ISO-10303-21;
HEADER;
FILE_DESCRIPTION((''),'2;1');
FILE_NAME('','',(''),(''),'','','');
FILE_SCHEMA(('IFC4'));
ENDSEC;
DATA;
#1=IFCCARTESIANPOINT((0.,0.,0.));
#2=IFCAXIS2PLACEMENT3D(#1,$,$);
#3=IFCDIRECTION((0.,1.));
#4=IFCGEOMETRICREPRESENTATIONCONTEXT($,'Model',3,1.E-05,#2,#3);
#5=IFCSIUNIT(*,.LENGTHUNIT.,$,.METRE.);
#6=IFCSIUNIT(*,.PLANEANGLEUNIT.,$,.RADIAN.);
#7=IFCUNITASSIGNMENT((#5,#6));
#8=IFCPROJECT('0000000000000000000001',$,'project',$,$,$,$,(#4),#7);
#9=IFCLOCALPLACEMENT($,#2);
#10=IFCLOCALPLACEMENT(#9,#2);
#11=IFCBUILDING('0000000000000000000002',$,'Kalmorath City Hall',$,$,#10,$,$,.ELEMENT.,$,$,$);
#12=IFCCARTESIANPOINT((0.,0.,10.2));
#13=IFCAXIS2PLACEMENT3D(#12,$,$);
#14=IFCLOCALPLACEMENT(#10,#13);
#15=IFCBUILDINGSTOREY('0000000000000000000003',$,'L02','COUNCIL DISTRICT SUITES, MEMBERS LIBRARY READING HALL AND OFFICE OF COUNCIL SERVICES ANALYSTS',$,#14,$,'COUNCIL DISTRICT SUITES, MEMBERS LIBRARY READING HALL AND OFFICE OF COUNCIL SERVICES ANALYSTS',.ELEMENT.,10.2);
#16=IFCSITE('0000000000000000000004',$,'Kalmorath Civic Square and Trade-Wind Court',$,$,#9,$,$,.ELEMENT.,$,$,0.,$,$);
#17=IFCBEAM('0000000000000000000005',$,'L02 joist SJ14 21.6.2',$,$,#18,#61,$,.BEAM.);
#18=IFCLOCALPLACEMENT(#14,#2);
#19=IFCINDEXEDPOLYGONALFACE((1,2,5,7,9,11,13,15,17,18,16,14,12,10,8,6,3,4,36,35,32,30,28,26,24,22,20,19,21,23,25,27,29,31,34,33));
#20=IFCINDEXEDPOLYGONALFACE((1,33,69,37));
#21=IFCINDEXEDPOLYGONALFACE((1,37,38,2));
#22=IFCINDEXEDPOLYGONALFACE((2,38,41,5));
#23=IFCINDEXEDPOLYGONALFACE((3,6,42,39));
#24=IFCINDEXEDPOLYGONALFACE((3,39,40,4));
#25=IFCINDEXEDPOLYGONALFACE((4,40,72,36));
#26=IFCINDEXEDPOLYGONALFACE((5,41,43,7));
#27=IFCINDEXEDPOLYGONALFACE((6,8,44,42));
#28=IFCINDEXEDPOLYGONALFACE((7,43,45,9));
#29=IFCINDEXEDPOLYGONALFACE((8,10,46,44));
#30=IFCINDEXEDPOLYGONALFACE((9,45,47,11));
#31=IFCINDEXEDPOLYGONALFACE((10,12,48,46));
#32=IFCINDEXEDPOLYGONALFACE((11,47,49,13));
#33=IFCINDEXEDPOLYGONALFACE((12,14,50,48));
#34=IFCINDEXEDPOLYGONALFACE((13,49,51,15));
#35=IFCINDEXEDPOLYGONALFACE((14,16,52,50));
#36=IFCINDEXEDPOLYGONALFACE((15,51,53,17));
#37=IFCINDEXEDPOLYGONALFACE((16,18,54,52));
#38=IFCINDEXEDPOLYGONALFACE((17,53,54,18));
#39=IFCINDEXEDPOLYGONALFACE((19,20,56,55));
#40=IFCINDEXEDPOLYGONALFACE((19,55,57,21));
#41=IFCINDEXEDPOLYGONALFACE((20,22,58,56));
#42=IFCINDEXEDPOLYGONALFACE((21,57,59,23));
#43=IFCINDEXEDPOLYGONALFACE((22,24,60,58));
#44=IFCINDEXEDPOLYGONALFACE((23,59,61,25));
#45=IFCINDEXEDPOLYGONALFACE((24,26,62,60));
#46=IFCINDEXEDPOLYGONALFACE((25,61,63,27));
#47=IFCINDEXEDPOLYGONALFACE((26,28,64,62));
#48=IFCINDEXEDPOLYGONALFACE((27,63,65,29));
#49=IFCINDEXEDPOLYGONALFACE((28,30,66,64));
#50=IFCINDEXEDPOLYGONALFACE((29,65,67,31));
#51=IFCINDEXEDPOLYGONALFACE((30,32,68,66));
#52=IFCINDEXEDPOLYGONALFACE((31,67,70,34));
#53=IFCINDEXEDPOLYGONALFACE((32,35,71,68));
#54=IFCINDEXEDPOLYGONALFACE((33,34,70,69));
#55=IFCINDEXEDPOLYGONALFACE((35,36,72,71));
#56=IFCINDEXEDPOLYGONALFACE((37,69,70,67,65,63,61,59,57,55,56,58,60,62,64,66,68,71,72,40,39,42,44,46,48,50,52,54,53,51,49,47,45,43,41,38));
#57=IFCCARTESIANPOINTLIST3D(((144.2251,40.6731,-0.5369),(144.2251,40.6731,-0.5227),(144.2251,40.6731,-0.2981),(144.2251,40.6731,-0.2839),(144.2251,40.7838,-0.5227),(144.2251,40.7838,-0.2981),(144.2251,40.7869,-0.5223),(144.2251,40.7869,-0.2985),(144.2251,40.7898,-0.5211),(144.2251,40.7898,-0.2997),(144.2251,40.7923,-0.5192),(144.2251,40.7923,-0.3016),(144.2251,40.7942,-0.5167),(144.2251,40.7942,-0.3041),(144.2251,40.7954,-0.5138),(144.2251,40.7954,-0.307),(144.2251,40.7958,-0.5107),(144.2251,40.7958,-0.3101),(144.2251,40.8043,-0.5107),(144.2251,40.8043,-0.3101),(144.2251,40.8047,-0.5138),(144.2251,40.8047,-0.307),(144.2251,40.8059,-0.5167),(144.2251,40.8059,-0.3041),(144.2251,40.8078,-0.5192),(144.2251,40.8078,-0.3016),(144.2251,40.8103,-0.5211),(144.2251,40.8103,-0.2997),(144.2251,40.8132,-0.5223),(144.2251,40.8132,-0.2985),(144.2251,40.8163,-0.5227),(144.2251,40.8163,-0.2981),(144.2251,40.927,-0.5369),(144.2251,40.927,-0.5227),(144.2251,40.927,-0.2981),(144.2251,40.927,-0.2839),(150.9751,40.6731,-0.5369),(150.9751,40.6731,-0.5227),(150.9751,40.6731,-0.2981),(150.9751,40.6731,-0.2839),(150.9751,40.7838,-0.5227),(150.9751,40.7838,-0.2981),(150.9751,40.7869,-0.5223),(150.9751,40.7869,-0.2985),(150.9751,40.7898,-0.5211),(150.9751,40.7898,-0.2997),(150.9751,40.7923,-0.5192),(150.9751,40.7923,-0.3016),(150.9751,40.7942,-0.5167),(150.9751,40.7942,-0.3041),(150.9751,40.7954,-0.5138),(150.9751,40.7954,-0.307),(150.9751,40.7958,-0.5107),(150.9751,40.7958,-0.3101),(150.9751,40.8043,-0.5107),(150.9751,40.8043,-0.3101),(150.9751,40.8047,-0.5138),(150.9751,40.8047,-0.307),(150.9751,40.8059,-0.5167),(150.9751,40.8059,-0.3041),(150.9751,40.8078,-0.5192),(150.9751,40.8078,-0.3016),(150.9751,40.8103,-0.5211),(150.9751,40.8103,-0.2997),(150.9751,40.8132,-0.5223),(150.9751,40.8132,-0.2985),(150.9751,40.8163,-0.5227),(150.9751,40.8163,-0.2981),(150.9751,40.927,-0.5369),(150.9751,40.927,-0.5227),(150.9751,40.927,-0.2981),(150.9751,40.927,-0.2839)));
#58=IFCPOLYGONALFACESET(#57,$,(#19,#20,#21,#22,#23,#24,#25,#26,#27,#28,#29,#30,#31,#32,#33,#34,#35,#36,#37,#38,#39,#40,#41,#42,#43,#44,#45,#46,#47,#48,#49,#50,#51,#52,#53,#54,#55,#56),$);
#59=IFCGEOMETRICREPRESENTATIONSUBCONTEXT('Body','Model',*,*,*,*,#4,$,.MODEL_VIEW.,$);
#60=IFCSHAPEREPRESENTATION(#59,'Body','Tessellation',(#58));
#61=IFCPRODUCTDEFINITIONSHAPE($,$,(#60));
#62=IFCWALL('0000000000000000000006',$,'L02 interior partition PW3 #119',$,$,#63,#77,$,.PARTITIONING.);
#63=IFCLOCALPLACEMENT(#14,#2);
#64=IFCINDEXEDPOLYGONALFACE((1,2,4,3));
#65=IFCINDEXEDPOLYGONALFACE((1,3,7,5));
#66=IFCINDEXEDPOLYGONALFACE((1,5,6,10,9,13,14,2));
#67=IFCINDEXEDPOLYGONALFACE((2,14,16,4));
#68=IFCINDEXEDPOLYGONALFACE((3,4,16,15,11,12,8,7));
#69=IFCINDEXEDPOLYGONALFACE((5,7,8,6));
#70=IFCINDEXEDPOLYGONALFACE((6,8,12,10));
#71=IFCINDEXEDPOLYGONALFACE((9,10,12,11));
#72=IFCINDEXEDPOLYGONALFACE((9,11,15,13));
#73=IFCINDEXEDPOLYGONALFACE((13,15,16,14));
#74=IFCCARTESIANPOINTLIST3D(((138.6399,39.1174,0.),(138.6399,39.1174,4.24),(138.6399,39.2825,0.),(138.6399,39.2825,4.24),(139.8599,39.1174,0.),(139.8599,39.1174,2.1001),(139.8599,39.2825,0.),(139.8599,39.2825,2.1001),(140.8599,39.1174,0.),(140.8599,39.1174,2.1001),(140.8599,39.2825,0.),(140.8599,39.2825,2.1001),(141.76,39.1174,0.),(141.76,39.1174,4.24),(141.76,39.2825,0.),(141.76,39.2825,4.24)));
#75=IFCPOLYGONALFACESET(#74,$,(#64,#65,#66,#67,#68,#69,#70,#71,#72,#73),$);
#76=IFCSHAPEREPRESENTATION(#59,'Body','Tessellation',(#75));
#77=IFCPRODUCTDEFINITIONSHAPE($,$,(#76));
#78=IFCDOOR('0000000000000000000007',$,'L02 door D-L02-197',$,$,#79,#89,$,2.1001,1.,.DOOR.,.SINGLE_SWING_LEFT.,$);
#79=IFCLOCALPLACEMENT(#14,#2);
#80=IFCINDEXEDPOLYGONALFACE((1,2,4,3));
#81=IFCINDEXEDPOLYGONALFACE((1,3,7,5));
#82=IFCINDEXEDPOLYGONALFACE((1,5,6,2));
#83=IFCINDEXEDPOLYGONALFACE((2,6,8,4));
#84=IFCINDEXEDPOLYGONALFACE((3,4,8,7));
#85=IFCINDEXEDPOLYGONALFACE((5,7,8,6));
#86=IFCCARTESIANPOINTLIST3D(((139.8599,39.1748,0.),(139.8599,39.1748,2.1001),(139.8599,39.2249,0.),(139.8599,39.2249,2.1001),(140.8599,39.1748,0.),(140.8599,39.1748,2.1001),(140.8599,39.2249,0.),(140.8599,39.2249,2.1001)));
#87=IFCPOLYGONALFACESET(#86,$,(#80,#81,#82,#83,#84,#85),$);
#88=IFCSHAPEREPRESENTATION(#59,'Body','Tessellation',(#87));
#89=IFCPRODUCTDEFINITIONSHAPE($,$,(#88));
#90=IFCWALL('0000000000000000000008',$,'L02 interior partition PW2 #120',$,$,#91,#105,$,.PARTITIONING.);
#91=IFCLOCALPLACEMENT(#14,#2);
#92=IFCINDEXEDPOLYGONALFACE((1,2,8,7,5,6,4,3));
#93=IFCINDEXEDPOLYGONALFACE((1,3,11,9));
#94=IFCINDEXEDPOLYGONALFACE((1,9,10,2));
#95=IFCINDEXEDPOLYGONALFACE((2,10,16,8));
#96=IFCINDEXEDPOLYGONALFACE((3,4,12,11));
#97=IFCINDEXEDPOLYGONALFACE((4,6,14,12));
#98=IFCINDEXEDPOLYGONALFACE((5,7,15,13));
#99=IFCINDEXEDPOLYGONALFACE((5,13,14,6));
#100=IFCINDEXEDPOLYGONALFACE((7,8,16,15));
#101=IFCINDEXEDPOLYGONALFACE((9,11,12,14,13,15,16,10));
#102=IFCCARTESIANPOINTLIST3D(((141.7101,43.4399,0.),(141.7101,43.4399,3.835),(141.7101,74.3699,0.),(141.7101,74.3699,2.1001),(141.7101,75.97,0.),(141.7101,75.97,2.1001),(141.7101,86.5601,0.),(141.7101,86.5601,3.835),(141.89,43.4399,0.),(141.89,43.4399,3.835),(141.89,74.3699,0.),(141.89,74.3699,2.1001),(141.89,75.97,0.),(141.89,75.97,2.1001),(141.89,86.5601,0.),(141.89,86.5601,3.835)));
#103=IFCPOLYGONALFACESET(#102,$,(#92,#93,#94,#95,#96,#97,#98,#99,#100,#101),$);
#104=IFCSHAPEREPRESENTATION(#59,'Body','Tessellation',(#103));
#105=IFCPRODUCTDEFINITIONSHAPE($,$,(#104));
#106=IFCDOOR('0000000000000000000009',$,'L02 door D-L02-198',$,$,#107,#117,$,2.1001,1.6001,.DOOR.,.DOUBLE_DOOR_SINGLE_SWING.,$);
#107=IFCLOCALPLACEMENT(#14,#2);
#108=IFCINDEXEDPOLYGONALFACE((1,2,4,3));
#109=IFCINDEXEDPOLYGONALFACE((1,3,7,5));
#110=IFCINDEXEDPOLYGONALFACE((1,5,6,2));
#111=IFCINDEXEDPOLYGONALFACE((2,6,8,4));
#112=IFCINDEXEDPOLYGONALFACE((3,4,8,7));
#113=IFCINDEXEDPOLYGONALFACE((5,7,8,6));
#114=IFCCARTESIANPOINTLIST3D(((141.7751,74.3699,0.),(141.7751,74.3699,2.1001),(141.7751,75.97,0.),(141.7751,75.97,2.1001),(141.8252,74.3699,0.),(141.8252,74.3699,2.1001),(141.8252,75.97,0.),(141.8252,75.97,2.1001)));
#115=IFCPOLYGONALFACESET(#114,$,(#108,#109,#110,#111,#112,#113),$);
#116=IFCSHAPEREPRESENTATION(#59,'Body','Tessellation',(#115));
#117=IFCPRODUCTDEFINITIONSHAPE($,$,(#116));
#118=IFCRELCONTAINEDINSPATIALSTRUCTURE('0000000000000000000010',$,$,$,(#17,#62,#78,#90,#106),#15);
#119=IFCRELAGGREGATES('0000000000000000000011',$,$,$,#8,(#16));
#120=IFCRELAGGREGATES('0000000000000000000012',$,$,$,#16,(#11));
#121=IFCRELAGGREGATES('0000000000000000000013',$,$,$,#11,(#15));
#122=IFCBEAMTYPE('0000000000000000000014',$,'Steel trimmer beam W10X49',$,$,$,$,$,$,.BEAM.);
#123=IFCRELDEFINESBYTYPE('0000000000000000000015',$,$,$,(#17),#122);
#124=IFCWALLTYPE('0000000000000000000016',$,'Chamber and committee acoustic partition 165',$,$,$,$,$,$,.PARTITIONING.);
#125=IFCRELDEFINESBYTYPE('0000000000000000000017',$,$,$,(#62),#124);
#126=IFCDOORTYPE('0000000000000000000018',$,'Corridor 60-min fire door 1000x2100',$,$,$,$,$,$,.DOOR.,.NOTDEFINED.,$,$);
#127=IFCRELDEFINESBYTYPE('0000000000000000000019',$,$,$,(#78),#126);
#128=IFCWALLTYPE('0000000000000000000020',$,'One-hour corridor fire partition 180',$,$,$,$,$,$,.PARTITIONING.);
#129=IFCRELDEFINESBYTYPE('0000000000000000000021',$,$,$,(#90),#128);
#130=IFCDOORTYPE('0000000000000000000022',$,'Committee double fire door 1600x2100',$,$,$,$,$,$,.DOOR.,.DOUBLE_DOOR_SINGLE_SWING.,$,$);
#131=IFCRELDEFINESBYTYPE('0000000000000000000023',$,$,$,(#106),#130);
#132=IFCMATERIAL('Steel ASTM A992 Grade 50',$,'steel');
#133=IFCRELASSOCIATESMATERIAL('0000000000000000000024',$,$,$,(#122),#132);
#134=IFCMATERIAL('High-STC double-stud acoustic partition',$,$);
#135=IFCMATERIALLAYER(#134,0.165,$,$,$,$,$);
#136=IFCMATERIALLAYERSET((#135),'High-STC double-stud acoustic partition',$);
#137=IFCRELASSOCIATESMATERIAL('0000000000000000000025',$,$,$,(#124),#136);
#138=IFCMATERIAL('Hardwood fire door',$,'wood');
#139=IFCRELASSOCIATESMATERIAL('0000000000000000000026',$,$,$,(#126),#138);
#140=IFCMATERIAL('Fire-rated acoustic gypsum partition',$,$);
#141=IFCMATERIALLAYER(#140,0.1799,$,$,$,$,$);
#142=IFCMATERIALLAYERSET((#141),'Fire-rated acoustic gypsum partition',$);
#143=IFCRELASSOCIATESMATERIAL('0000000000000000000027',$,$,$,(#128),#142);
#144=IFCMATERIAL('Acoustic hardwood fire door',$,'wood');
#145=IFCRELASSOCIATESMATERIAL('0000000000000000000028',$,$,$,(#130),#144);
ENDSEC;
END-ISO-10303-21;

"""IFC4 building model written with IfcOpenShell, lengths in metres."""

from ifc_helpers import new_model, si_unit, direction, frame, frame_2d, origin, origin_2d, place, context, subcontext, project, spatial, rectangle, i_section, extrude, material, layer, layer_set, material_profile, profile_set, type_object, element, fill, save


model = new_model("IFC4")

# Units and contexts
model_context = context("Model", 3, precision=1e-05, world=origin(), true_north=direction((0.0, 1.0)))
body_context = subcontext(model_context, "Body", "Model", "MODEL_VIEW")
ifc_project = project(units=[si_unit("LENGTHUNIT", "METRE"), si_unit("PLANEANGLEUNIT", "RADIAN")], contexts=[model_context])

# Site, building, storey
site_placement = place(None, origin())
site = spatial("IfcSite", under=ifc_project, at=site_placement, Name="Kalmorath Civic Square and Trade-Wind Court", CompositionType="ELEMENT", RefElevation=0.0)
building_placement = place(site_placement, origin())
building = spatial("IfcBuilding", under=site, at=building_placement, Name="Kalmorath City Hall", CompositionType="ELEMENT")
storey_placement = place(building_placement, frame((0.0, 0.0, 10.2)))
storey = spatial("IfcBuildingStorey", under=building, at=storey_placement, Name="L02", Description="COUNCIL DISTRICT SUITES, MEMBERS LIBRARY READING HALL AND OFFICE OF COUNCIL SERVICES ANALYSTS", LongName="COUNCIL DISTRICT SUITES, MEMBERS LIBRARY READING HALL AND OFFICE OF COUNCIL SERVICES ANALYSTS", CompositionType="ELEMENT", Elevation=10.2)

# Beam
ifc_material_1 = material(Name="Steel ASTM A992 Grade 50", Category="steel")
ifc_material_profile_1 = material_profile(ifc_material_1, i_section(OverallWidth=0.2539, OverallDepth=0.2529, WebThickness=0.0085, FlangeThickness=0.0142, FilletRadius=0.012, at=origin_2d()), Name="W10X49")
ifc_profile_set_1 = profile_set([ifc_material_profile_1], Name="Steel ASTM A992 Grade 50")
beam_type_1 = type_object("IfcBeamType", Name="Steel trimmer beam W10X49", PredefinedType="BEAM", material=ifc_profile_set_1)
for number, where, z_axis, x_axis, name in (
    (1, (144.2251, 40.8, -0.4104), (1.0, 0.0, 0.0), (0.0, 1.0, 0.0), "L02 joist SJ14 21.6.2"),
):
    element("IfcBeam", number, at=place(storey_placement, frame(where, z_axis=z_axis, x_axis=x_axis)), inside=storey, type_object=beam_type_1, Name=name, PredefinedType="BEAM", context=body_context, shape_type="SweptSolid", body=[
        extrude(i_section(OverallWidth=0.2539, OverallDepth=0.2529, WebThickness=0.0085, FlangeThickness=0.0142, FilletRadius=0.012, at=origin_2d()), origin(), (0.0, 0.0, 1.0), 6.75),
    ])

# Walls, openings, doors
ifc_material_2 = material(Name="High-STC double-stud acoustic partition")
ifc_layer_1 = layer(ifc_material_2, 0.165)
ifc_layer_set_1 = layer_set([ifc_layer_1], Name="High-STC double-stud acoustic partition")
wall_type_1 = type_object("IfcWallType", Name="Chamber and committee acoustic partition 165", PredefinedType="PARTITIONING", material=ifc_layer_set_1)
wall_1_placement = place(storey_placement, frame((138.6399, 39.2, 0.0), z_axis=(0.0, 0.0, 1.0), x_axis=(1.0, 0.0, 0.0)))
wall_1 = element("IfcWall", 2, at=wall_1_placement, inside=storey, type_object=wall_type_1, Name="L02 interior partition PW3 #119", PredefinedType="PARTITIONING", context=body_context, shape_type="SweptSolid", body=[
    extrude(rectangle(XDim=3.1201, YDim=0.165, at=frame_2d((1.5601, 0.0))), origin(), (0.0, 0.0, 1.0), 4.24),
])
opening_1_placement = place(wall_1_placement, frame((1.22, 0.0, 0.0)))
opening_1 = element("IfcOpeningElement", 3, at=opening_1_placement, cuts=wall_1, PredefinedType="OPENING", context=body_context, shape_type="SweptSolid", body=[
    extrude(rectangle(XDim=1.0, YDim=2.1001, at=frame_2d((0.5, 1.05))), frame((0.0, 0.0925, 0.0), z_axis=(0.0, -1.0, 0.0), x_axis=(1.0, 0.0, 0.0)), (0.0, 0.0, 1.0), 0.1851),
])
ifc_material_3 = material(Name="Hardwood fire door", Category="wood")
door_type_1 = type_object("IfcDoorType", Name="Corridor 60-min fire door 1000x2100", OperationType="NOTDEFINED", PredefinedType="DOOR", material=ifc_material_3)
door_1_placement = place(opening_1_placement, origin())
door_1 = element("IfcDoor", 4, at=door_1_placement, inside=storey, type_object=door_type_1, Name="L02 door D-L02-197", OperationType="SINGLE_SWING_LEFT", OverallHeight=2.1001, OverallWidth=1.0, PredefinedType="DOOR", context=body_context, shape_type="SweptSolid", body=[
    extrude(rectangle(XDim=1.0, YDim=2.1001, at=frame_2d((0.5, 1.05))), frame((0.0, 0.0249, 0.0), z_axis=(0.0, -1.0, 0.0), x_axis=(1.0, 0.0, 0.0)), (0.0, 0.0, 1.0), 0.05),
])
fill(opening_1, door_1)
ifc_material_4 = material(Name="Fire-rated acoustic gypsum partition")
ifc_layer_2 = layer(ifc_material_4, 0.1799)
ifc_layer_set_2 = layer_set([ifc_layer_2], Name="Fire-rated acoustic gypsum partition")
wall_type_2 = type_object("IfcWallType", Name="One-hour corridor fire partition 180", PredefinedType="PARTITIONING", material=ifc_layer_set_2)
wall_2_placement = place(storey_placement, frame((141.8, 43.4399, 0.0), z_axis=(0.0, 0.0, 1.0), x_axis=(0.0, 1.0, 0.0)))
wall_2 = element("IfcWall", 5, at=wall_2_placement, inside=storey, type_object=wall_type_2, Name="L02 interior partition PW2 #120", PredefinedType="PARTITIONING", context=body_context, shape_type="SweptSolid", body=[
    extrude(rectangle(XDim=43.1201, YDim=0.1799, at=frame_2d((21.5601, 0.0))), origin(), (0.0, 0.0, 1.0), 3.835),
])
opening_2_placement = place(wall_2_placement, frame((30.9299, 0.0, 0.0)))
opening_2 = element("IfcOpeningElement", 6, at=opening_2_placement, cuts=wall_2, PredefinedType="OPENING", context=body_context, shape_type="SweptSolid", body=[
    extrude(rectangle(XDim=1.6001, YDim=2.1001, at=frame_2d((0.8, 1.05))), frame((0.0, 0.0999, 0.0), z_axis=(0.0, -1.0, 0.0), x_axis=(1.0, 0.0, 0.0)), (0.0, 0.0, 1.0), 0.2),
])
ifc_material_5 = material(Name="Acoustic hardwood fire door", Category="wood")
door_type_2 = type_object("IfcDoorType", Name="Committee double fire door 1600x2100", OperationType="DOUBLE_DOOR_SINGLE_SWING", PredefinedType="DOOR", material=ifc_material_5)
door_2_placement = place(opening_2_placement, origin())
door_2 = element("IfcDoor", 7, at=door_2_placement, inside=storey, type_object=door_type_2, Name="L02 door D-L02-198", OperationType="DOUBLE_DOOR_SINGLE_SWING", OverallHeight=2.1001, OverallWidth=1.6001, PredefinedType="DOOR", context=body_context, shape_type="SweptSolid", body=[
    extrude(rectangle(XDim=1.6001, YDim=2.1001, at=frame_2d((0.8, 1.05))), frame((0.0, 0.0249, 0.0), z_axis=(0.0, -1.0, 0.0), x_axis=(1.0, 0.0, 0.0)), (0.0, 0.0, 1.0), 0.05),
])
fill(opening_2, door_2)

save(model, "model.ifc")
